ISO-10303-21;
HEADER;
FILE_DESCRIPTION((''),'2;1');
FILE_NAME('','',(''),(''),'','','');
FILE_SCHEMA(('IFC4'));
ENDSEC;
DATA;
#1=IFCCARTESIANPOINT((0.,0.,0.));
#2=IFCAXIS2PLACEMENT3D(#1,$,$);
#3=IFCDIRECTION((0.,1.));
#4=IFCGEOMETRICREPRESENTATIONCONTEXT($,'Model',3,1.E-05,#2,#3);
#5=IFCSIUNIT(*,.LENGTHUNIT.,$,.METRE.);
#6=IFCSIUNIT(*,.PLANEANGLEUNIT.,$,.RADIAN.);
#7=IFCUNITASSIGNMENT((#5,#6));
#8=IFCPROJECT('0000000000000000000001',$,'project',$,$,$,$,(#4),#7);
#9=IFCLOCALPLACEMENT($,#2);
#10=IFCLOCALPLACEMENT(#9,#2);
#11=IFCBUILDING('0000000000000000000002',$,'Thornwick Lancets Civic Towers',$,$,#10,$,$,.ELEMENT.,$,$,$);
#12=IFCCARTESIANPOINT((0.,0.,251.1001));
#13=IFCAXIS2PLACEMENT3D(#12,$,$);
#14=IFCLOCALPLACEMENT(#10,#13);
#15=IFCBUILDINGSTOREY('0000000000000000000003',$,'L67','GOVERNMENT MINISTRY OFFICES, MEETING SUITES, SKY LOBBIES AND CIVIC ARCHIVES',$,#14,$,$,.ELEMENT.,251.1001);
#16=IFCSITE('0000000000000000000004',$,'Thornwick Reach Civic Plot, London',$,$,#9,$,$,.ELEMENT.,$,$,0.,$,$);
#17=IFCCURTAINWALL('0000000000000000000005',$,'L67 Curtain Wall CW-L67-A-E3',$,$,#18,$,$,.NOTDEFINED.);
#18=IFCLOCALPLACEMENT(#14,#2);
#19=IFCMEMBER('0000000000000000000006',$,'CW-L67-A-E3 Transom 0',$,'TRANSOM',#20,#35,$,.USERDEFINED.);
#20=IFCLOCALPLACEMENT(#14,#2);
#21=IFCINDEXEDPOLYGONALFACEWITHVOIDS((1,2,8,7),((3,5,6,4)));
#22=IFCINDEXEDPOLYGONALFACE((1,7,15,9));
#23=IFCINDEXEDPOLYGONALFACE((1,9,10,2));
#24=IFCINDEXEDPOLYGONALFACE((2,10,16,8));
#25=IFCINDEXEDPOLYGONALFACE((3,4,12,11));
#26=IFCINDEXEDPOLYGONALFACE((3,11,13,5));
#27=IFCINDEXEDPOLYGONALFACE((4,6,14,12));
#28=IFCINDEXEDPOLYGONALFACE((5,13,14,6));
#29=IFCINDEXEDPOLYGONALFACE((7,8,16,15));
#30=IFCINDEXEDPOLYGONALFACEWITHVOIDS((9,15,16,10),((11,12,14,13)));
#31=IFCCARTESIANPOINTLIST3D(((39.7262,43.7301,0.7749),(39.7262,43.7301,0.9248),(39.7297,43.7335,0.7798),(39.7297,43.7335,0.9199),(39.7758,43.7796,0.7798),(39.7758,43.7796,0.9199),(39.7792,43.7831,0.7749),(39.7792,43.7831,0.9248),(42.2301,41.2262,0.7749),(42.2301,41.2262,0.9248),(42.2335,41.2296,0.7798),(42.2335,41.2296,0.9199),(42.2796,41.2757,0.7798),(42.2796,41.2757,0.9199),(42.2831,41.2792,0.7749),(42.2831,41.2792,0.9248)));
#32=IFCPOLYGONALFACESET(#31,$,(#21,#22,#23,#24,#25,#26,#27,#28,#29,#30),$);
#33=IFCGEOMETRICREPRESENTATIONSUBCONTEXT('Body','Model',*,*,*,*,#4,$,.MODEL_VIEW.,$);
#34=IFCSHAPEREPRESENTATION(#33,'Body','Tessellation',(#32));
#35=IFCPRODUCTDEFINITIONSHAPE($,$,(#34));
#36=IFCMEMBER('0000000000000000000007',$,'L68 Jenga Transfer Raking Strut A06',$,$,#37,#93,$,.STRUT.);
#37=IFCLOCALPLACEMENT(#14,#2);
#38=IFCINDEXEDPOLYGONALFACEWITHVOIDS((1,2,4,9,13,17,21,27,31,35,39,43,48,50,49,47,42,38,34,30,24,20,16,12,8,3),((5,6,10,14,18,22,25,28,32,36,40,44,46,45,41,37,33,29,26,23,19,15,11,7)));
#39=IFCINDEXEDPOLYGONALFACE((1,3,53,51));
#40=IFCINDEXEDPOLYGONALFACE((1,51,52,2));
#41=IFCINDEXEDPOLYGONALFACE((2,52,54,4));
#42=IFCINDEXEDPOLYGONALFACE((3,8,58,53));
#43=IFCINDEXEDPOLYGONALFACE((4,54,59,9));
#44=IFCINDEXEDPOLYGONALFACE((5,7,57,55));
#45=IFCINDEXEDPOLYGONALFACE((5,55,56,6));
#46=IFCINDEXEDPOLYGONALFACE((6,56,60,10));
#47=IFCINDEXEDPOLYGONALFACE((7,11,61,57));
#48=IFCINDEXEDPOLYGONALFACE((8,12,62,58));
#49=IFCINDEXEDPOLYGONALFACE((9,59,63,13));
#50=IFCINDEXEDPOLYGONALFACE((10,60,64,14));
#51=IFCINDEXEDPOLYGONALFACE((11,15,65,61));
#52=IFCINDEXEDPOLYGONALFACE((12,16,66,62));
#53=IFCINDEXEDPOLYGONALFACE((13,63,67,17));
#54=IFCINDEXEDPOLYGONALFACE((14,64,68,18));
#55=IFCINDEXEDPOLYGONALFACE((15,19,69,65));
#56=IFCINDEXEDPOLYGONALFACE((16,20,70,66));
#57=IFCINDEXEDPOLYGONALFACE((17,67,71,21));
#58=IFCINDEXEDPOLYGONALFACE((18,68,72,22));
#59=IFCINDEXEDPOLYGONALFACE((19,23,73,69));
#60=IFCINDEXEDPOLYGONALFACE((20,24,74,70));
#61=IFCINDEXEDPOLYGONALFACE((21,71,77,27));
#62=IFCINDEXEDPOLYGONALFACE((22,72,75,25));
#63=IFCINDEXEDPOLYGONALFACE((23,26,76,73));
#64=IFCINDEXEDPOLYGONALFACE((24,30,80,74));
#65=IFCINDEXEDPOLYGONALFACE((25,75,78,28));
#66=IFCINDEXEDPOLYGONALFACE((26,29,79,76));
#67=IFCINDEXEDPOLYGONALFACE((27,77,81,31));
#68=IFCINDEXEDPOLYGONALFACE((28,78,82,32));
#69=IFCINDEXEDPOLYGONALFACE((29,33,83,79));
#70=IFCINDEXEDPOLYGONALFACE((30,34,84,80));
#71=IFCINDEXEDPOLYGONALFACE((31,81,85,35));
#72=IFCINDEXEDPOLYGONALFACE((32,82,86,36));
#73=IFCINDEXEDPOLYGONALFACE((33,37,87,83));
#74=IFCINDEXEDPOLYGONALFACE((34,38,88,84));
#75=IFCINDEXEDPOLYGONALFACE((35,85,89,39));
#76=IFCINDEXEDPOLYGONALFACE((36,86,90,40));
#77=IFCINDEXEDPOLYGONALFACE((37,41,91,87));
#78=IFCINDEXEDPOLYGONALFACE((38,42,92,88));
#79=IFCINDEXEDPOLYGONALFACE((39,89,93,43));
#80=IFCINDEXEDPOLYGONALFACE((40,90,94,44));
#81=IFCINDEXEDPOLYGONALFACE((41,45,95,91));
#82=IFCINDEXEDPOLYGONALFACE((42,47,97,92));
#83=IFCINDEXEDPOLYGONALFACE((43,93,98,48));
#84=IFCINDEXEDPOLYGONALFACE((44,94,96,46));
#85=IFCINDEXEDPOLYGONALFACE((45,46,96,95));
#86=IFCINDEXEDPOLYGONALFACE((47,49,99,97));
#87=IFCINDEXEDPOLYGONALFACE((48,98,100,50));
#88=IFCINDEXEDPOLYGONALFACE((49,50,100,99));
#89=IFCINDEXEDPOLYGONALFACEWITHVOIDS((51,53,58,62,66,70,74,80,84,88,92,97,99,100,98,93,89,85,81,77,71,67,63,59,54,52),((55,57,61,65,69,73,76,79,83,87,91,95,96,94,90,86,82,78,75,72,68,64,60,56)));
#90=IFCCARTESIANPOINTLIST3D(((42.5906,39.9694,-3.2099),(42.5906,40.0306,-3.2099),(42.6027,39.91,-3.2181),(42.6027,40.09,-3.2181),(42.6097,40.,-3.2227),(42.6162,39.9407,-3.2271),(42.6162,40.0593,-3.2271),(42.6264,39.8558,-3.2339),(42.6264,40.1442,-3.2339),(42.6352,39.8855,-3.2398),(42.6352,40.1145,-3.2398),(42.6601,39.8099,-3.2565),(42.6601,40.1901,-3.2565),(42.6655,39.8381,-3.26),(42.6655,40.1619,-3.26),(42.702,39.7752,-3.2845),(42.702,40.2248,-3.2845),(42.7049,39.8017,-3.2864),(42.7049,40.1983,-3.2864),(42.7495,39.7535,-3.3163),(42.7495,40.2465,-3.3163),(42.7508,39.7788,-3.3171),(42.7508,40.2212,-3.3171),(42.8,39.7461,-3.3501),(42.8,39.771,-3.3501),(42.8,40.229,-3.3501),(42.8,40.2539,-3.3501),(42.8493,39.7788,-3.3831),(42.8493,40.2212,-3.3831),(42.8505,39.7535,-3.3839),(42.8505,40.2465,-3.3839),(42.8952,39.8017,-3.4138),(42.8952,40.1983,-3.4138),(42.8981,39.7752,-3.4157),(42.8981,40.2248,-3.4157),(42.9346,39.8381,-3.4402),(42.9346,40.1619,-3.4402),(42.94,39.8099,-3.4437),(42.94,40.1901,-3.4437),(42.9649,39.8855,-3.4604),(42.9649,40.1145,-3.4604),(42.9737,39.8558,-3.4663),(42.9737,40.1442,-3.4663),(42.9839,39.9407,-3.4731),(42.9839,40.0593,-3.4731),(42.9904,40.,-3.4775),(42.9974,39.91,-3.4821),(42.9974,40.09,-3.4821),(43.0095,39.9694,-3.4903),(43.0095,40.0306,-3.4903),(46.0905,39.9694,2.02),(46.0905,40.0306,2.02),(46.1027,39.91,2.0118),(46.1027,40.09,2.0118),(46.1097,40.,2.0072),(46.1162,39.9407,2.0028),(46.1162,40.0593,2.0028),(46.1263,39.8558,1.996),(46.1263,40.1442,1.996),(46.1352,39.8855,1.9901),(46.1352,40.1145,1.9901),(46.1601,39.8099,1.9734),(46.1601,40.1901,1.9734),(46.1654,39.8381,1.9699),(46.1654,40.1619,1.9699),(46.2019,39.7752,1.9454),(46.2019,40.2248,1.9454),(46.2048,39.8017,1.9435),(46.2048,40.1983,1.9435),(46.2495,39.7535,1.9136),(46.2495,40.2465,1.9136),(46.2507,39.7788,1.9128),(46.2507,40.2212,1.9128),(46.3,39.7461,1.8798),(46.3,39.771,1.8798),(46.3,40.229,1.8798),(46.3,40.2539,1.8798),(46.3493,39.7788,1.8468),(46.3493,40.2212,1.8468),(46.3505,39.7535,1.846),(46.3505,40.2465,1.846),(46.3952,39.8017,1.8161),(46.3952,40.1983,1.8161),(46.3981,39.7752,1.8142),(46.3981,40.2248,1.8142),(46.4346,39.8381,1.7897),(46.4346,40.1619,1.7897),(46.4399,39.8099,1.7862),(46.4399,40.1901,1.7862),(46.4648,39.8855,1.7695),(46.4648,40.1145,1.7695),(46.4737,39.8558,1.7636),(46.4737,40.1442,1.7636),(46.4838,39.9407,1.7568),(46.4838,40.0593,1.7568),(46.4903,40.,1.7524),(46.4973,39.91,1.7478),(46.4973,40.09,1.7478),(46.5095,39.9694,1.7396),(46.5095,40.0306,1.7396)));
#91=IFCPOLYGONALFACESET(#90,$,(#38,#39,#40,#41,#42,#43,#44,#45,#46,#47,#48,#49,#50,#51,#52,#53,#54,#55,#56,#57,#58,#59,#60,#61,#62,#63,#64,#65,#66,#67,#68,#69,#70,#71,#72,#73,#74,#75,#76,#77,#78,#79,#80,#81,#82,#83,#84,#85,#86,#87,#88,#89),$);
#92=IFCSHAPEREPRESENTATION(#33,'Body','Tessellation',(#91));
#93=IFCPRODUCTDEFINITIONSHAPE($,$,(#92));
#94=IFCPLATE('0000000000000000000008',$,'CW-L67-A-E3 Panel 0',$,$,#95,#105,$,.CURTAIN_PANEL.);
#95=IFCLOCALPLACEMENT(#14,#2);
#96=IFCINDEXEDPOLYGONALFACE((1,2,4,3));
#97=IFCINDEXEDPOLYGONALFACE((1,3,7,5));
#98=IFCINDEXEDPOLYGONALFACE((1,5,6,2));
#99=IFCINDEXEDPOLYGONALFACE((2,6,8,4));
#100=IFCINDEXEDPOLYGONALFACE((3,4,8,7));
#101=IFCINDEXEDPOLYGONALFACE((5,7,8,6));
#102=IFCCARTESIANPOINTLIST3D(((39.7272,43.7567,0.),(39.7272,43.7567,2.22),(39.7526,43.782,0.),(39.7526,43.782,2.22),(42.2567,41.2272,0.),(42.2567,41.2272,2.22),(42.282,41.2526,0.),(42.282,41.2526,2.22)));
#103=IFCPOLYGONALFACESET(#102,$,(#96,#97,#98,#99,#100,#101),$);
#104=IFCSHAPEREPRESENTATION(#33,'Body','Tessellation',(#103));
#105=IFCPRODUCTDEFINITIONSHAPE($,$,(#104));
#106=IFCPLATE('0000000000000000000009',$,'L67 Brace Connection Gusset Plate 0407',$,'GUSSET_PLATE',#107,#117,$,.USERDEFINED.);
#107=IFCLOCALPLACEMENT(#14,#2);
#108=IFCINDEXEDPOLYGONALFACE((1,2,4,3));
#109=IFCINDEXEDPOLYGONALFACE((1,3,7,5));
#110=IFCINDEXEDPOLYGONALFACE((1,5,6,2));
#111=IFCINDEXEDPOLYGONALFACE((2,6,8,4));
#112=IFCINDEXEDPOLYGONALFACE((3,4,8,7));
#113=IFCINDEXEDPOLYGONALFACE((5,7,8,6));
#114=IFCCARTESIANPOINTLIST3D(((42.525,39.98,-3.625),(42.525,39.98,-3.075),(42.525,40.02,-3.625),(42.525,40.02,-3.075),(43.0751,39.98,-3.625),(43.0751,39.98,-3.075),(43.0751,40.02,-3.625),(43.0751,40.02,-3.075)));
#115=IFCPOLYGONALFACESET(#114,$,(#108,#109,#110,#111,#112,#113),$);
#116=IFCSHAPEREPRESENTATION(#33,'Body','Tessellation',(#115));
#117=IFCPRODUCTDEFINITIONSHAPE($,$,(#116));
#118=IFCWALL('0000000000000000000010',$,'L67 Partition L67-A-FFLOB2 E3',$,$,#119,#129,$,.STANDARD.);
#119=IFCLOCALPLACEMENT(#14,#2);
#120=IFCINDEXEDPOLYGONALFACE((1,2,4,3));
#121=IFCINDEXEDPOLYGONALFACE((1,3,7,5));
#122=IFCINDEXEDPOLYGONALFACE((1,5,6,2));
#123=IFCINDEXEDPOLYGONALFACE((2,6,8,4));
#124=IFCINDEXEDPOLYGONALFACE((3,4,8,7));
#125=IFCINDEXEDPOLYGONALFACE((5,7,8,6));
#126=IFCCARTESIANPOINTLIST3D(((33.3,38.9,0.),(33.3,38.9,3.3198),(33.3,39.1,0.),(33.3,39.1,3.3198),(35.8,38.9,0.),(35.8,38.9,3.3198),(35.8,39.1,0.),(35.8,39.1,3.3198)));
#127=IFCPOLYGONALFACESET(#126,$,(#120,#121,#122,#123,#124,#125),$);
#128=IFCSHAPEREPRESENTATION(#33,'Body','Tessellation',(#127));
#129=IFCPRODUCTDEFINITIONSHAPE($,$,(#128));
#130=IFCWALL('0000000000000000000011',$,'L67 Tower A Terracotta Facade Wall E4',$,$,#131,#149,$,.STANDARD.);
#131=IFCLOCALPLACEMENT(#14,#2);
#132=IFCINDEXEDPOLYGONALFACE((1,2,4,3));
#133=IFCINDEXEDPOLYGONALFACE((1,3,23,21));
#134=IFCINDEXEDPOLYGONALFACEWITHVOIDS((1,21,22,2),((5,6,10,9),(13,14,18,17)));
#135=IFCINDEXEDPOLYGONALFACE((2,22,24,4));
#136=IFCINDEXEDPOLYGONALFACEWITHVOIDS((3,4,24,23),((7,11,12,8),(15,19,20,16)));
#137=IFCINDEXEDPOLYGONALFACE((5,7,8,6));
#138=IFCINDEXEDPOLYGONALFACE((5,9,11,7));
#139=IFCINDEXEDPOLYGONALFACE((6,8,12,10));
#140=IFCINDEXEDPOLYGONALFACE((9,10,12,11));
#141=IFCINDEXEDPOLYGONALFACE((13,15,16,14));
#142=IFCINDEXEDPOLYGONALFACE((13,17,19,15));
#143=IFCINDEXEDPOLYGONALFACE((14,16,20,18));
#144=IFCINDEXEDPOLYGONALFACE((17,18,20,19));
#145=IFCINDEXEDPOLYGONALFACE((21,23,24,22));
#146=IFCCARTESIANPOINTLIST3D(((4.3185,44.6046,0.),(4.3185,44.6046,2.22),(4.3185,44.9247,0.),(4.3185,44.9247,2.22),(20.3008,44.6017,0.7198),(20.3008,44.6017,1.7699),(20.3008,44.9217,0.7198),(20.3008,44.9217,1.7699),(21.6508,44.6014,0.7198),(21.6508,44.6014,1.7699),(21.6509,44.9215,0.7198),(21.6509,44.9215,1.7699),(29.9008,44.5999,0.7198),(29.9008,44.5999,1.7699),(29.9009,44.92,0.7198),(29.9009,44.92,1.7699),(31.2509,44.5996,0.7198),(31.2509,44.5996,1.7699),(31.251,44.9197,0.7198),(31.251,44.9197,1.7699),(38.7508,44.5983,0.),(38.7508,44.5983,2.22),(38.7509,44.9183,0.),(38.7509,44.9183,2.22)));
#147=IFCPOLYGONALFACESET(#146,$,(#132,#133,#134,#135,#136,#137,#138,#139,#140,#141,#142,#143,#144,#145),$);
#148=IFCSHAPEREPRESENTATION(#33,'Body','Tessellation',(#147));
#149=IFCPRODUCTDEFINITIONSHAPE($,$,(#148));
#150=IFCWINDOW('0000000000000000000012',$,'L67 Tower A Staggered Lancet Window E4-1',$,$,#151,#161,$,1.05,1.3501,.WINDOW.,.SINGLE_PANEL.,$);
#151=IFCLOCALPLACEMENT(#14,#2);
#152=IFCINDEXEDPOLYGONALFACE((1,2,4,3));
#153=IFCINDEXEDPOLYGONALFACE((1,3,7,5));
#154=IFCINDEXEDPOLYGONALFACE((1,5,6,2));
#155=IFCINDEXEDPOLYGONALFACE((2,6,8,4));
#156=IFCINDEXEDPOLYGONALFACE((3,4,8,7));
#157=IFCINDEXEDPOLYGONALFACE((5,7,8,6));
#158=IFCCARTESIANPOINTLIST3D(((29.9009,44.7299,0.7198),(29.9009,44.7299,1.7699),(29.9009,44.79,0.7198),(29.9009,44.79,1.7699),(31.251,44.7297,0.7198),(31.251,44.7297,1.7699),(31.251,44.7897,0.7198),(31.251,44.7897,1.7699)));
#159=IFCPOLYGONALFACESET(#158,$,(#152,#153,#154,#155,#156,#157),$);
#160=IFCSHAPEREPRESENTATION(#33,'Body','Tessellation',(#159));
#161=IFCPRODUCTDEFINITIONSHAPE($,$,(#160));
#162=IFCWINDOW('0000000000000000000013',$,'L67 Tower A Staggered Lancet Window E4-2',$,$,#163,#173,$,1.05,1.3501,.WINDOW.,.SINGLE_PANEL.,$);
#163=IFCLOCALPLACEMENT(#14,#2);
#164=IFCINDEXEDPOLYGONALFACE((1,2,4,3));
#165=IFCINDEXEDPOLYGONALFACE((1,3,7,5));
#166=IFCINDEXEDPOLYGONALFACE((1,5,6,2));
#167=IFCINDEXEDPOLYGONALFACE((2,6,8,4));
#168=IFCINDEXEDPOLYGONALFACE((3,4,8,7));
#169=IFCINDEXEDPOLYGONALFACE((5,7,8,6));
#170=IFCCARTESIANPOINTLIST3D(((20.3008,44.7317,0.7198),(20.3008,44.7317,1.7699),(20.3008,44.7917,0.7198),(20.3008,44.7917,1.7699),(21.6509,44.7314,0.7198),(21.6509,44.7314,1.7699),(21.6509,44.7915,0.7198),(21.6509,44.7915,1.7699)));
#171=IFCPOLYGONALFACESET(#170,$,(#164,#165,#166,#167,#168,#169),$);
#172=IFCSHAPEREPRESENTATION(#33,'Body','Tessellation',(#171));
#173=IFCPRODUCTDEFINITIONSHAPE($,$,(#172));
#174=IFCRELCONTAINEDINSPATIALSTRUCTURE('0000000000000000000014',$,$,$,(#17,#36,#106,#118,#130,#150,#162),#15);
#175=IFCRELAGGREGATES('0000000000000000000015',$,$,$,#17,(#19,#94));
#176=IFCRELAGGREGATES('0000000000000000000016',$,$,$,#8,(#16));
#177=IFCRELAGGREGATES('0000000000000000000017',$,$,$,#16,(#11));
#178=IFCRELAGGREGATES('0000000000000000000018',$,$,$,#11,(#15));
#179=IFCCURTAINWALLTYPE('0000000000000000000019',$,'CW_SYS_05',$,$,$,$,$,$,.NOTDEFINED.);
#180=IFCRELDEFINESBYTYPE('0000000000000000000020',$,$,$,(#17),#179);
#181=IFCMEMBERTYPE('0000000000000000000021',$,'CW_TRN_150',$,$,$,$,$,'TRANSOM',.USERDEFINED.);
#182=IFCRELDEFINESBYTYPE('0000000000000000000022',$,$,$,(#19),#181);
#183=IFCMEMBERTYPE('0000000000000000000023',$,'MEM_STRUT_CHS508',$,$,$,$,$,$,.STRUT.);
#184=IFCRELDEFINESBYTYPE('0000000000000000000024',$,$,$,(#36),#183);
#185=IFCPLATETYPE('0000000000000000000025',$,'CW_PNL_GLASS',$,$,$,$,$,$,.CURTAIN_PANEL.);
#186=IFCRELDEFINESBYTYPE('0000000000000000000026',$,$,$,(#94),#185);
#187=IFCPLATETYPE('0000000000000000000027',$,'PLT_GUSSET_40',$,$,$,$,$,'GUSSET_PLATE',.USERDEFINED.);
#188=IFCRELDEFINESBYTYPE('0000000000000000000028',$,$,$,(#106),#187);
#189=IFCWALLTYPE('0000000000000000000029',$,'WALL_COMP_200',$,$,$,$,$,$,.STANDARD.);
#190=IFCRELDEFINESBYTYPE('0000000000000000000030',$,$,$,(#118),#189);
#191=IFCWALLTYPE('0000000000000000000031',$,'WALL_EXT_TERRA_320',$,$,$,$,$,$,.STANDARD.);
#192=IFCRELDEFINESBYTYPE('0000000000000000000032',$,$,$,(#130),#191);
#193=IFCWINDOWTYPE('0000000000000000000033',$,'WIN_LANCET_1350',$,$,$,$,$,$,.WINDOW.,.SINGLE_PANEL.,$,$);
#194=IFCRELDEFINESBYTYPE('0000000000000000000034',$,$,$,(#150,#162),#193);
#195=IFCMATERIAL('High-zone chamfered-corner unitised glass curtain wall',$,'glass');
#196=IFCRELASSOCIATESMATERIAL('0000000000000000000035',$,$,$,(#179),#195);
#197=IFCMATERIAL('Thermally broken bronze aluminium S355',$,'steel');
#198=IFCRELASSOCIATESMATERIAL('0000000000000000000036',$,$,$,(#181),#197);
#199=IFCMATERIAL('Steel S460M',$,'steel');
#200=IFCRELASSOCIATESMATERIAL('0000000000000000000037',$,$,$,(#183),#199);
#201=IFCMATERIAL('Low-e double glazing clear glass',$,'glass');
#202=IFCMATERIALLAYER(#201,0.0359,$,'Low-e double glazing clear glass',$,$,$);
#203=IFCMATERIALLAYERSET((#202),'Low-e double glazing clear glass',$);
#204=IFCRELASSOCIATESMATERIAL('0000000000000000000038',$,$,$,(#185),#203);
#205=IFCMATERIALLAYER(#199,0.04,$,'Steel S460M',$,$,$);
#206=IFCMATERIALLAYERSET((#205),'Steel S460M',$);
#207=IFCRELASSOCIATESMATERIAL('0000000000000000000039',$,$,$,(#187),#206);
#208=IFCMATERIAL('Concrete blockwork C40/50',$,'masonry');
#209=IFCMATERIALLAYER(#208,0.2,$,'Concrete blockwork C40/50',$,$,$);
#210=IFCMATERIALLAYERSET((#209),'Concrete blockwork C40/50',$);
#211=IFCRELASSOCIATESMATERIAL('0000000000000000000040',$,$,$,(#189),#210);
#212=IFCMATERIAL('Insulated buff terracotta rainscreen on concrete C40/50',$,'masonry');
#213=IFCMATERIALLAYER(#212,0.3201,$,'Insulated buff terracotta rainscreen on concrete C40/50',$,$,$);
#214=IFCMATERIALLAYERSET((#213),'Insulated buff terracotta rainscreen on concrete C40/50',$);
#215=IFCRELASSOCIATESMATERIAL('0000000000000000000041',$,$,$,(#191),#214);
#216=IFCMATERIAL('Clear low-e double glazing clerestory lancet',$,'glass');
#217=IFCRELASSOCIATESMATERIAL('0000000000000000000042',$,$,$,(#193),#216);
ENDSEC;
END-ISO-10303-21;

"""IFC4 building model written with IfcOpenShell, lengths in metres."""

from ifc_helpers import new_model, si_unit, direction, frame, frame_2d, origin, origin_2d, place, context, subcontext, project, spatial, rectangle, hollow_rectangle, hollow_circle, extrude, material, layer, layer_set, material_profile, profile_set, type_object, element, fill, aggregate, save


model = new_model("IFC4")

# Units and contexts
model_context = context("Model", 3, precision=1e-05, world=origin(), true_north=direction((0.0, 1.0)))
body_context = subcontext(model_context, "Body", "Model", "MODEL_VIEW")
ifc_project = project(units=[si_unit("LENGTHUNIT", "METRE"), si_unit("PLANEANGLEUNIT", "RADIAN")], contexts=[model_context])

# Site, building, storey
site_placement = place(None, origin())
site = spatial("IfcSite", under=ifc_project, at=site_placement, Name="Thornwick Reach Civic Plot, London", CompositionType="ELEMENT", RefElevation=0.0)
building_placement = place(site_placement, origin())
building = spatial("IfcBuilding", under=site, at=building_placement, Name="Thornwick Lancets Civic Towers", CompositionType="ELEMENT")
storey_placement = place(building_placement, frame((0.0, 0.0, 251.1001)))
storey = spatial("IfcBuildingStorey", under=building, at=storey_placement, Name="L67", Description="GOVERNMENT MINISTRY OFFICES, MEETING SUITES, SKY LOBBIES AND CIVIC ARCHIVES", CompositionType="ELEMENT", Elevation=251.1001)

# Curtain wall, member
ifc_material_1 = material(Name="High-zone chamfered-corner unitised glass curtain wall", Category="glass")
curtain_wall_type = type_object("IfcCurtainWallType", Name="CW_SYS_05", PredefinedType="NOTDEFINED", material=ifc_material_1)
curtain_wall_placement = place(storey_placement, origin())
curtain_wall = element("IfcCurtainWall", 1, at=curtain_wall_placement, inside=storey, type_object=curtain_wall_type, Name="L67 Curtain Wall CW-L67-A-E3", PredefinedType="NOTDEFINED")
ifc_material_2 = material(Name="Thermally broken bronze aluminium S355", Category="steel")
ifc_material_profile_1 = material_profile(ifc_material_2, hollow_rectangle(XDim=0.075, YDim=0.1499, WallThickness=0.0049, at=origin_2d()), Name="RHS 150x75x5")
ifc_profile_set_1 = profile_set([ifc_material_profile_1], Name="Thermally broken bronze aluminium S355")
member_type_1 = type_object("IfcMemberType", Name="CW_TRN_150", ElementType="TRANSOM", PredefinedType="USERDEFINED", material=ifc_profile_set_1)
member_1_placement = place(storey_placement, frame((42.2566, 41.2527, 0.8499), z_axis=(-0.707107, 0.707107, 0.0), x_axis=(-0.707107, -0.707107, 0.0)))
member_1 = element("IfcMember", 2, at=member_1_placement, type_object=member_type_1, Name="CW-L67-A-E3 Transom 0", ObjectType="TRANSOM", PredefinedType="USERDEFINED", context=body_context, shape_type="SweptSolid", body=[
    extrude(hollow_rectangle(XDim=0.075, YDim=0.1499, WallThickness=0.0049, at=origin_2d()), origin(), (0.0, 0.0, 1.0), 3.541),
])

# Member
ifc_material_3 = material(Name="Steel S460M", Category="steel")
ifc_material_profile_2 = material_profile(ifc_material_3, hollow_circle(Radius=0.2539, WallThickness=0.0249, at=origin_2d()), Name="CHS 508x25")
ifc_profile_set_2 = profile_set([ifc_material_profile_2], Name="Steel S460M")
member_type_2 = type_object("IfcMemberType", Name="MEM_STRUT_CHS508", PredefinedType="STRUT", material=ifc_profile_set_2)
member_2_placement = place(storey_placement, frame((42.8, 40.0, -3.3501), z_axis=(0.556168, 0.0, 0.83107), x_axis=(0.0, 1.0, 0.0)))
element("IfcMember", 3, at=member_2_placement, inside=storey, type_object=member_type_2, Name="L68 Jenga Transfer Raking Strut A06", PredefinedType="STRUT", context=body_context, shape_type="SweptSolid", body=[
    extrude(hollow_circle(Radius=0.2539, WallThickness=0.0249, at=origin_2d()), origin(), (0.0, 0.0, 1.0), 6.293),
])

# Plates
ifc_material_4 = material(Name="Low-e double glazing clear glass", Category="glass")
ifc_layer_1 = layer(ifc_material_4, 0.0359, Name="Low-e double glazing clear glass")
ifc_layer_set_1 = layer_set([ifc_layer_1], Name="Low-e double glazing clear glass")
plate_type_1 = type_object("IfcPlateType", Name="CW_PNL_GLASS", PredefinedType="CURTAIN_PANEL", material=ifc_layer_set_1)
plate_1_placement = place(storey_placement, frame((41.0046, 42.5046, 0.0), z_axis=(0.0, 0.0, 1.0), x_axis=(-0.707107, 0.707107, 0.0)))
plate_1 = element("IfcPlate", 4, at=plate_1_placement, type_object=plate_type_1, Name="CW-L67-A-E3 Panel 0", PredefinedType="CURTAIN_PANEL", context=body_context, shape_type="SweptSolid", body=[
    extrude(rectangle(XDim=3.5771, YDim=0.0359, at=origin_2d()), origin(), (0.0, 0.0, 1.0), 2.22),
])
aggregate(curtain_wall, [member_1, plate_1])
ifc_layer_2 = layer(ifc_material_3, 0.04, Name="Steel S460M")
ifc_layer_set_2 = layer_set([ifc_layer_2], Name="Steel S460M")
plate_type_2 = type_object("IfcPlateType", Name="PLT_GUSSET_40", ElementType="GUSSET_PLATE", PredefinedType="USERDEFINED", material=ifc_layer_set_2)
plate_2_placement = place(storey_placement, frame((42.8, 40.0, -3.625), z_axis=(0.0, 0.0, 1.0), x_axis=(1.0, 0.0, 0.0)))
element("IfcPlate", 5, at=plate_2_placement, inside=storey, type_object=plate_type_2, Name="L67 Brace Connection Gusset Plate 0407", ObjectType="GUSSET_PLATE", PredefinedType="USERDEFINED", context=body_context, shape_type="SweptSolid", body=[
    extrude(rectangle(XDim=0.55, YDim=0.04, at=origin_2d()), origin(), (0.0, 0.0, 1.0), 0.55),
])

# Wall
ifc_material_5 = material(Name="Concrete blockwork C40/50", Category="masonry")
ifc_layer_3 = layer(ifc_material_5, 0.2, Name="Concrete blockwork C40/50")
ifc_layer_set_3 = layer_set([ifc_layer_3], Name="Concrete blockwork C40/50")
wall_type_1 = type_object("IfcWallType", Name="WALL_COMP_200", PredefinedType="STANDARD", material=ifc_layer_set_3)
wall_1_placement = place(storey_placement, frame((35.8, 39.0, 0.0), z_axis=(0.0, 0.0, 1.0), x_axis=(-1.0, 0.0, 0.0)))
element("IfcWall", 6, at=wall_1_placement, inside=storey, type_object=wall_type_1, Name="L67 Partition L67-A-FFLOB2 E3", PredefinedType="STANDARD", context=body_context, shape_type="SweptSolid", body=[
    extrude(rectangle(XDim=2.5, YDim=0.2, at=frame_2d((1.25, 0.0))), origin(), (0.0, 0.0, 1.0), 3.3198),
])

# Wall, openings, windows
ifc_material_6 = material(Name="Insulated buff terracotta rainscreen on concrete C40/50", Category="masonry")
ifc_layer_4 = layer(ifc_material_6, 0.3201, Name="Insulated buff terracotta rainscreen on concrete C40/50")
ifc_layer_set_4 = layer_set([ifc_layer_4], Name="Insulated buff terracotta rainscreen on concrete C40/50")
wall_type_2 = type_object("IfcWallType", Name="WALL_EXT_TERRA_320", PredefinedType="STANDARD", material=ifc_layer_set_4)
wall_2_placement = place(storey_placement, frame((38.751, 44.7583, 0.0), z_axis=(0.0, 0.0, 1.0), x_axis=(-1.0, 0.000184, 0.0)))
wall_2 = element("IfcWall", 7, at=wall_2_placement, inside=storey, type_object=wall_type_2, Name="L67 Tower A Terracotta Facade Wall E4", PredefinedType="STANDARD", context=body_context, shape_type="SweptSolid", body=[
    extrude(rectangle(XDim=34.4324, YDim=0.3201, at=frame_2d((17.2163, 0.0))), origin(), (0.0, 0.0, 1.0), 2.22),
])
opening_1_placement = place(wall_2_placement, frame((7.5, 0.0, 0.72)))
opening_1 = element("IfcOpeningElement", 8, at=opening_1_placement, cuts=wall_2, PredefinedType="OPENING", context=body_context, shape_type="SweptSolid", body=[
    extrude(rectangle(XDim=1.3501, YDim=1.05, at=frame_2d((0.675, 0.5249))), frame((0.0, 0.1699, 0.0), z_axis=(0.0, -1.0, 0.0), x_axis=(1.0, 0.0, 0.0)), (0.0, 0.0, 1.0), 0.3401),
])
opening_2_placement = place(wall_2_placement, frame((17.1001, 0.0, 0.72)))
opening_2 = element("IfcOpeningElement", 9, at=opening_2_placement, cuts=wall_2, PredefinedType="OPENING", context=body_context, shape_type="SweptSolid", body=[
    extrude(rectangle(XDim=1.3501, YDim=1.05, at=frame_2d((0.675, 0.5249))), frame((0.0, 0.1699, 0.0), z_axis=(0.0, -1.0, 0.0), x_axis=(1.0, 0.0, 0.0)), (0.0, 0.0, 1.0), 0.3401),
])
ifc_material_7 = material(Name="Clear low-e double glazing clerestory lancet", Category="glass")
window_type = type_object("IfcWindowType", Name="WIN_LANCET_1350", PartitioningType="SINGLE_PANEL", PredefinedType="WINDOW", material=ifc_material_7)
window_1_placement = place(opening_1_placement, origin())
window_1 = element("IfcWindow", 10, at=window_1_placement, inside=storey, type_object=window_type, Name="L67 Tower A Staggered Lancet Window E4-1", OverallHeight=1.05, OverallWidth=1.3501, PartitioningType="SINGLE_PANEL", PredefinedType="WINDOW", context=body_context, shape_type="SweptSolid", body=[
    extrude(rectangle(XDim=1.3501, YDim=1.05, at=frame_2d((0.675, 0.5249))), frame((0.0, 0.03, 0.0), z_axis=(0.0, -1.0, 0.0), x_axis=(1.0, 0.0, 0.0)), (0.0, 0.0, 1.0), 0.0601),
])
fill(opening_1, window_1)
window_2_placement = place(opening_2_placement, origin())
window_2 = element("IfcWindow", 11, at=window_2_placement, inside=storey, type_object=window_type, Name="L67 Tower A Staggered Lancet Window E4-2", OverallHeight=1.05, OverallWidth=1.3501, PartitioningType="SINGLE_PANEL", PredefinedType="WINDOW", context=body_context, shape_type="SweptSolid", body=[
    extrude(rectangle(XDim=1.3501, YDim=1.05, at=frame_2d((0.675, 0.5249))), frame((0.0, 0.03, 0.0), z_axis=(0.0, -1.0, 0.0), x_axis=(1.0, 0.0, 0.0)), (0.0, 0.0, 1.0), 0.0601),
])
fill(opening_2, window_2)

save(model, "model.ifc")
